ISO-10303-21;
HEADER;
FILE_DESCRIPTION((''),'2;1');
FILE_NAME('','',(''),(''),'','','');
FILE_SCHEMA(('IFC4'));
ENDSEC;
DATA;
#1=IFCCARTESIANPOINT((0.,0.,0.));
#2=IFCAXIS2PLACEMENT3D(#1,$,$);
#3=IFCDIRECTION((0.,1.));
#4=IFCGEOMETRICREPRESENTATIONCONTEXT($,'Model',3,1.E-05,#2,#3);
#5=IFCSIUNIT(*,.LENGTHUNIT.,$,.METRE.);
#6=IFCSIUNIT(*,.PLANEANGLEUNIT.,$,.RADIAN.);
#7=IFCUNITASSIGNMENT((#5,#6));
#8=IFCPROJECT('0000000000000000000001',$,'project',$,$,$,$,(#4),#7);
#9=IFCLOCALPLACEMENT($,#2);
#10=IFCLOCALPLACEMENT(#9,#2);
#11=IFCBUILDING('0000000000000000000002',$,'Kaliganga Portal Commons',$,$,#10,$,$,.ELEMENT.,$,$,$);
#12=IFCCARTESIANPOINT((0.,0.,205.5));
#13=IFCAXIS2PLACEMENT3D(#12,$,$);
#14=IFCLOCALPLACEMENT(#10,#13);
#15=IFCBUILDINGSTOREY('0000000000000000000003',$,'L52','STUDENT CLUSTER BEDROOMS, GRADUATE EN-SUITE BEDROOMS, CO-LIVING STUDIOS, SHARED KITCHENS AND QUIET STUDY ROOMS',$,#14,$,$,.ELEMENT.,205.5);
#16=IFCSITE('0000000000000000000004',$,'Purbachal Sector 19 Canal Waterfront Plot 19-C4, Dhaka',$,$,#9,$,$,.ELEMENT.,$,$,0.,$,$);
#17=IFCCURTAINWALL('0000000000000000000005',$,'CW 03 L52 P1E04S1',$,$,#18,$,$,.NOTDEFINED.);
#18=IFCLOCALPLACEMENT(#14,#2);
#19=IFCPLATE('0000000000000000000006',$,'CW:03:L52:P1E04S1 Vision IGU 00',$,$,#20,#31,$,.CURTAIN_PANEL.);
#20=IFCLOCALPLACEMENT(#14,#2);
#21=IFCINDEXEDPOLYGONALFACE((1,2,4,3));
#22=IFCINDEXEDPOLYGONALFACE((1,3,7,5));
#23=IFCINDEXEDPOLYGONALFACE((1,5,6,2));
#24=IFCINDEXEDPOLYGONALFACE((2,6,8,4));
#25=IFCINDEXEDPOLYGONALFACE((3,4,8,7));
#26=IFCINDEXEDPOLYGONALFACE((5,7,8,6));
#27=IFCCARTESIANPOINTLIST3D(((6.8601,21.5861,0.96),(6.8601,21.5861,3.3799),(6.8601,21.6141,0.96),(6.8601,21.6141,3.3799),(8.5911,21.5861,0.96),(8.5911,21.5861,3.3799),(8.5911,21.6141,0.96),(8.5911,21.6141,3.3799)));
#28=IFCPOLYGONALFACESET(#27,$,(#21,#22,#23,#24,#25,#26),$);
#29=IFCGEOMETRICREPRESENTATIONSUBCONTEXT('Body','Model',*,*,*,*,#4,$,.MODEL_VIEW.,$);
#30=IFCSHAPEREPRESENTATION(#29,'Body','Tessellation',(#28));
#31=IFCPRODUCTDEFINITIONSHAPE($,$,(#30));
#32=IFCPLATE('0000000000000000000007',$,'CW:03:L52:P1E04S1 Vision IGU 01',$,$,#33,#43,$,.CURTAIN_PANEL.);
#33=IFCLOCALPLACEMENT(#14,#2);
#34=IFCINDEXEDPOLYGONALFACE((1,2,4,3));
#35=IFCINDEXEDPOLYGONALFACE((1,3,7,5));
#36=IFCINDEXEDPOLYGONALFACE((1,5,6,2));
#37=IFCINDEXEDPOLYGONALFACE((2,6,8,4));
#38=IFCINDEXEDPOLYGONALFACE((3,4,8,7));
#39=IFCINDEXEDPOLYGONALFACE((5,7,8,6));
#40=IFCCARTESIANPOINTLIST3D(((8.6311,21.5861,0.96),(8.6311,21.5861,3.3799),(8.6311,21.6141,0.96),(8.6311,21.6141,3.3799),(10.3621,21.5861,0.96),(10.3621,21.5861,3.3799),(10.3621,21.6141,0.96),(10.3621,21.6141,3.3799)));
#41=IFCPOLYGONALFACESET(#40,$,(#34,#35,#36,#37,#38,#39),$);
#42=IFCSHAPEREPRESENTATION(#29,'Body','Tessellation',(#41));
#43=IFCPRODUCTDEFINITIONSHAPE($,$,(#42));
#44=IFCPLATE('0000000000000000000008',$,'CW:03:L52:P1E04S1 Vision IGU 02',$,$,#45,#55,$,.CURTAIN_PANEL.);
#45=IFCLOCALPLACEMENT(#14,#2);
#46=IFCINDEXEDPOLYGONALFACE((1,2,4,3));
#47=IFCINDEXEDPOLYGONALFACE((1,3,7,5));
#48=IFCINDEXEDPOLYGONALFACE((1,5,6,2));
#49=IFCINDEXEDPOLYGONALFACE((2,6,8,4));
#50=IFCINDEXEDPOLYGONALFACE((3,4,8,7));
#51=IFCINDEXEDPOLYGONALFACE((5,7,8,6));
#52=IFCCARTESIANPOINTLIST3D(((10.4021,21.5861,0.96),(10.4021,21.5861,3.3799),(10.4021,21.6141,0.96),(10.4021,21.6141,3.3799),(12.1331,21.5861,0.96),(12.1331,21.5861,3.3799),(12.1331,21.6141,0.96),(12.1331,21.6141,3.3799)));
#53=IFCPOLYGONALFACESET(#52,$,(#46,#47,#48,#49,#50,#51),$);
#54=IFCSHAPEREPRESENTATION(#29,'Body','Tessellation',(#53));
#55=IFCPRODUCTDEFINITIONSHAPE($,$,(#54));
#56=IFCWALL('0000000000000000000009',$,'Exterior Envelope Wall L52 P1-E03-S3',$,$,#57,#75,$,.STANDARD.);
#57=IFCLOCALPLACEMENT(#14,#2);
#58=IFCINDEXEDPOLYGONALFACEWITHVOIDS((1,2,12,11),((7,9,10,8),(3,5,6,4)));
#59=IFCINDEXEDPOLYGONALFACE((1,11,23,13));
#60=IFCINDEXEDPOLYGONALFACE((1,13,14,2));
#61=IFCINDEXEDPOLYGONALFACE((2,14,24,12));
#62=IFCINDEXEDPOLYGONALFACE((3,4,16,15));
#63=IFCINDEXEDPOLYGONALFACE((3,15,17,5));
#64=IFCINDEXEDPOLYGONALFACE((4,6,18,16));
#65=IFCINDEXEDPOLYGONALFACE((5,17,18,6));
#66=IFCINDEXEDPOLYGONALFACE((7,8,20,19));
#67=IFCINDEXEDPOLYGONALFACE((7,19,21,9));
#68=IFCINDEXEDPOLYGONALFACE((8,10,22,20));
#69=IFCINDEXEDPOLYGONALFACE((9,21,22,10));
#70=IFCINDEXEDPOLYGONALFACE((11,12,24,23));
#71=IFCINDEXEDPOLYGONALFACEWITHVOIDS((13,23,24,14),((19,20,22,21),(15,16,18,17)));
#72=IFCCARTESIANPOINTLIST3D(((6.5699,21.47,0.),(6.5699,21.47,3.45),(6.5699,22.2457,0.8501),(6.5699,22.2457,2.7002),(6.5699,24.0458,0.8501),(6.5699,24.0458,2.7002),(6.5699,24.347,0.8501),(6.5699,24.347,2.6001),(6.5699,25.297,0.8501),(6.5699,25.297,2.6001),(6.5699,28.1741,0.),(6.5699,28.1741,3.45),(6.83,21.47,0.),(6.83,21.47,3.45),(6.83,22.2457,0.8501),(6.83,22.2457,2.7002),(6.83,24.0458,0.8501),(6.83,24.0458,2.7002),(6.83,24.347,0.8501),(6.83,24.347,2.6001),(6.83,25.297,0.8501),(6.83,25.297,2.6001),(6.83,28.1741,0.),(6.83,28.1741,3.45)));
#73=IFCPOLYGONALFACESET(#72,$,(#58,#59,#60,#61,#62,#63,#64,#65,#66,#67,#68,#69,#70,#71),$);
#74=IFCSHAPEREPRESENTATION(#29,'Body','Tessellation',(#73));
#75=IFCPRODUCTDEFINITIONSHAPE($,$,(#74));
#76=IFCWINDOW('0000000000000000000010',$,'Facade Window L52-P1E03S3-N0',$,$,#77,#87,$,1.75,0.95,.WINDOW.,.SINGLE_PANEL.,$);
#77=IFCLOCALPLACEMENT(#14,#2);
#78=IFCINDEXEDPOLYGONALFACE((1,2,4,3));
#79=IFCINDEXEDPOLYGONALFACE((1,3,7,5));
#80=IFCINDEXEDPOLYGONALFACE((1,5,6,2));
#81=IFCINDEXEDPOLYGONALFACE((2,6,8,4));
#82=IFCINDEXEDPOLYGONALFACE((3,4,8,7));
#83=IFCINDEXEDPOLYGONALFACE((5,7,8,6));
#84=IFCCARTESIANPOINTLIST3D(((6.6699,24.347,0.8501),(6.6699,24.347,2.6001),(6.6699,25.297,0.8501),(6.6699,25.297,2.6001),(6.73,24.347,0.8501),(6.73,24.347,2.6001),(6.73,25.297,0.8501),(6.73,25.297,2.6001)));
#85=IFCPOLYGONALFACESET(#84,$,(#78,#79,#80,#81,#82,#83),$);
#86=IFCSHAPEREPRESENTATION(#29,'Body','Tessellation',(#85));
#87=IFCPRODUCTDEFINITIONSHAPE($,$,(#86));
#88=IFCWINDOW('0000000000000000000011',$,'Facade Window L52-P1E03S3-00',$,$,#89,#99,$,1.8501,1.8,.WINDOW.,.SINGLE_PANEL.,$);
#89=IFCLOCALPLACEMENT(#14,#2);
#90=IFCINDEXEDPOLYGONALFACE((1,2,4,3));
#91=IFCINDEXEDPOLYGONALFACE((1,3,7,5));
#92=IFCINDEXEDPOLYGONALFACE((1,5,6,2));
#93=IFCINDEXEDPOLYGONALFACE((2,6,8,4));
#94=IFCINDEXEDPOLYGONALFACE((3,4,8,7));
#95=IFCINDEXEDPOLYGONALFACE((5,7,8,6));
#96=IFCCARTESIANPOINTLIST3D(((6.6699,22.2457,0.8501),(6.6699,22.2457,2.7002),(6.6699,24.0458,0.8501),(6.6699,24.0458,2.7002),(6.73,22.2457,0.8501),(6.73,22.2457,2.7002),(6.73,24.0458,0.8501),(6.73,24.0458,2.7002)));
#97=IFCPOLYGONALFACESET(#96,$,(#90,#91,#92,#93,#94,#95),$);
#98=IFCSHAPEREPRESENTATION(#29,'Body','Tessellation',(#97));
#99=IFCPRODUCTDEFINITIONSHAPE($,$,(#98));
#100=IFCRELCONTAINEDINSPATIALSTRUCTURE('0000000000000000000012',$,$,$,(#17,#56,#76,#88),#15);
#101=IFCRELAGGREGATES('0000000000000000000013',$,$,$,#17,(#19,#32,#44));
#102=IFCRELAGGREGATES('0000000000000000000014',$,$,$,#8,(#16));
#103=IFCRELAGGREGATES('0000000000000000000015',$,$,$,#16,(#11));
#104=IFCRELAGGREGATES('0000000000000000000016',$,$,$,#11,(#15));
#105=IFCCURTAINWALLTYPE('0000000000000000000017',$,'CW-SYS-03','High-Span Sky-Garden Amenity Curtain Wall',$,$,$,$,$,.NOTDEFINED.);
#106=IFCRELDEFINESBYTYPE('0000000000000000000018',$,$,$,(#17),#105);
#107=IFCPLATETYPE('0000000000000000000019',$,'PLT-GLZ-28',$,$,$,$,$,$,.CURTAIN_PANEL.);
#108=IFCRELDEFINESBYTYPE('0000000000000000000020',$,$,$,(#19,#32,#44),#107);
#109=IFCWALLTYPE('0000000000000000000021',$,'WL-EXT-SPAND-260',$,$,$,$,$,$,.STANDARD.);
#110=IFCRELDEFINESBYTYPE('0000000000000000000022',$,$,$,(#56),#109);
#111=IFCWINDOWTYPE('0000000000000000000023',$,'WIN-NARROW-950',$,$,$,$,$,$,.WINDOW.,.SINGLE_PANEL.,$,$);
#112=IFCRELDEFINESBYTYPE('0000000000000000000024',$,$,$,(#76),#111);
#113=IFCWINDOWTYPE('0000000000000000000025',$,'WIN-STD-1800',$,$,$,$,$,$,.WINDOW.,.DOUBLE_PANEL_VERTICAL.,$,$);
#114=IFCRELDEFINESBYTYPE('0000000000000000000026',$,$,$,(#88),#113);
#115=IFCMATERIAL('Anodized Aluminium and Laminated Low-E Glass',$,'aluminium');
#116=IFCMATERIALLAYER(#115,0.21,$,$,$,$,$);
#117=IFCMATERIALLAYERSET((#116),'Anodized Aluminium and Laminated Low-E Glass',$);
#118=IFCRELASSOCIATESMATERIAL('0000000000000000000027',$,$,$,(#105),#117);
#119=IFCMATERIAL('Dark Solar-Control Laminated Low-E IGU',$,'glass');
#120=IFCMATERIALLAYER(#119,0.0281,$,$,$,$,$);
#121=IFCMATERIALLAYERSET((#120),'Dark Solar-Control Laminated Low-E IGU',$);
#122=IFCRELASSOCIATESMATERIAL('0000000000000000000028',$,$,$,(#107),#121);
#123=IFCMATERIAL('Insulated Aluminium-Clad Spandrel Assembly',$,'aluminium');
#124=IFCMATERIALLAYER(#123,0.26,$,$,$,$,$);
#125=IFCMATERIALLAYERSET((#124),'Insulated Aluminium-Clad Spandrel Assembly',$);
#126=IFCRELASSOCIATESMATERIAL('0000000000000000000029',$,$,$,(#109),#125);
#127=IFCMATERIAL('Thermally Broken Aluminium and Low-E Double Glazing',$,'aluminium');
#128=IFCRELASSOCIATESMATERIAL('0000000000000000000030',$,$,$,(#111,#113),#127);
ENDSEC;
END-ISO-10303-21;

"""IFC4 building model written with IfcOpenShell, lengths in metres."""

from ifc_helpers import new_model, si_unit, direction, frame, frame_2d, origin, origin_2d, place, context, subcontext, project, spatial, rectangle, extrude, source, transform, mapped, material, layer, layer_set, type_object, element, fill, aggregate, save


model = new_model("IFC4")

# Units and contexts
model_context = context("Model", 3, precision=1e-05, world=origin(), true_north=direction((0.0, 1.0)))
body_context = subcontext(model_context, "Body", "Model", "MODEL_VIEW")
ifc_project = project(units=[si_unit("LENGTHUNIT", "METRE"), si_unit("PLANEANGLEUNIT", "RADIAN")], contexts=[model_context])

# Site, building, storey
site_placement = place(None, origin())
site = spatial("IfcSite", under=ifc_project, at=site_placement, Name="Purbachal Sector 19 Canal Waterfront Plot 19-C4, Dhaka", CompositionType="ELEMENT", RefElevation=0.0)
building_placement = place(site_placement, origin())
building = spatial("IfcBuilding", under=site, at=building_placement, Name="Kaliganga Portal Commons", CompositionType="ELEMENT")
storey_placement = place(building_placement, frame((0.0, 0.0, 205.5)))
storey = spatial("IfcBuildingStorey", under=building, at=storey_placement, Name="L52", Description="STUDENT CLUSTER BEDROOMS, GRADUATE EN-SUITE BEDROOMS, CO-LIVING STUDIOS, SHARED KITCHENS AND QUIET STUDY ROOMS", CompositionType="ELEMENT", Elevation=205.5)

# Curtain wall
ifc_material_1 = material(Name="Anodized Aluminium and Laminated Low-E Glass", Category="aluminium")
ifc_layer_1 = layer(ifc_material_1, 0.21)
ifc_layer_set_1 = layer_set([ifc_layer_1], Name="Anodized Aluminium and Laminated Low-E Glass")
curtain_wall_type = type_object("IfcCurtainWallType", Name="CW-SYS-03", Description="High-Span Sky-Garden Amenity Curtain Wall", PredefinedType="NOTDEFINED", material=ifc_layer_set_1)
curtain_wall_placement = place(storey_placement, origin())
curtain_wall = element("IfcCurtainWall", 1, at=curtain_wall_placement, inside=storey, type_object=curtain_wall_type, Name="CW 03 L52 P1E04S1", PredefinedType="NOTDEFINED")

# Plates
ifc_material_2 = material(Name="Dark Solar-Control Laminated Low-E IGU", Category="glass")
ifc_layer_2 = layer(ifc_material_2, 0.0281)
ifc_layer_set_2 = layer_set([ifc_layer_2], Name="Dark Solar-Control Laminated Low-E IGU")
plate_type_1 = type_object("IfcPlateType", Name="PLT-GLZ-28", PredefinedType="CURTAIN_PANEL", material=ifc_layer_set_2)
shared_shape_1 = source(origin(), body_context, "Body", "SweptSolid", [
    extrude(rectangle(XDim=1.731, YDim=0.0281, at=origin_2d()), origin(), (0.0, 0.0, 1.0), 2.4199),
])
plate_1_placement = place(storey_placement, frame((7.7256, 21.6001, 0.96), z_axis=(0.0, 0.0, 1.0), x_axis=(1.0, 0.0, 0.0)))
plate_1 = element("IfcPlate", 2, at=plate_1_placement, type_object=plate_type_1, Name="CW:03:L52:P1E04S1 Vision IGU 00", PredefinedType="CURTAIN_PANEL", context=body_context, shape_type="MappedRepresentation", body=[
    mapped(shared_shape_1, transform((0.0, 0.0, 0.0), x_axis=(1.0, 0.0, 0.0), y_axis=(0.0, 1.0, 0.0), z_axis=(0.0, 0.0, 1.0), scale=1.0)),
])
plate_2_placement = place(storey_placement, frame((9.4966, 21.6001, 0.96), z_axis=(0.0, 0.0, 1.0), x_axis=(1.0, 0.0, 0.0)))
plate_2 = element("IfcPlate", 3, at=plate_2_placement, type_object=plate_type_1, Name="CW:03:L52:P1E04S1 Vision IGU 01", PredefinedType="CURTAIN_PANEL", context=body_context, shape_type="MappedRepresentation", body=[
    mapped(shared_shape_1, transform((0.0, 0.0, 0.0), x_axis=(1.0, 0.0, 0.0), y_axis=(0.0, 1.0, 0.0), z_axis=(0.0, 0.0, 1.0), scale=1.0)),
])
plate_3_placement = place(storey_placement, frame((11.2676, 21.6001, 0.96), z_axis=(0.0, 0.0, 1.0), x_axis=(1.0, 0.0, 0.0)))
plate_3 = element("IfcPlate", 4, at=plate_3_placement, type_object=plate_type_1, Name="CW:03:L52:P1E04S1 Vision IGU 02", PredefinedType="CURTAIN_PANEL", context=body_context, shape_type="MappedRepresentation", body=[
    mapped(shared_shape_1, transform((0.0, 0.0, 0.0), x_axis=(1.0, 0.0, 0.0), y_axis=(0.0, 1.0, 0.0), z_axis=(0.0, 0.0, 1.0), scale=1.0)),
])
aggregate(curtain_wall, [plate_1, plate_2, plate_3])

# Wall, openings, windows
ifc_material_3 = material(Name="Insulated Aluminium-Clad Spandrel Assembly", Category="aluminium")
ifc_layer_3 = layer(ifc_material_3, 0.26)
ifc_layer_set_3 = layer_set([ifc_layer_3], Name="Insulated Aluminium-Clad Spandrel Assembly")
wall_type = type_object("IfcWallType", Name="WL-EXT-SPAND-260", PredefinedType="STANDARD", material=ifc_layer_set_3)
wall_placement = place(storey_placement, frame((6.7, 21.47, 0.0), z_axis=(0.0, 0.0, 1.0), x_axis=(0.0, 1.0, 0.0)))
wall = element("IfcWall", 5, at=wall_placement, inside=storey, type_object=wall_type, Name="Exterior Envelope Wall L52 P1-E03-S3", PredefinedType="STANDARD", context=body_context, shape_type="SweptSolid", body=[
    extrude(rectangle(XDim=6.7041, YDim=0.26, at=frame_2d((3.3521, 0.0))), origin(), (0.0, 0.0, 1.0), 3.45),
])
opening_1_placement = place(wall_placement, frame((0.7759, 0.0, 0.8501)))
opening_1 = element("IfcOpeningElement", 6, at=opening_1_placement, cuts=wall, PredefinedType="OPENING", context=body_context, shape_type="SweptSolid", body=[
    extrude(rectangle(XDim=1.8, YDim=1.8501, at=frame_2d((0.8999, 0.925))), frame((0.0, 0.1401, 0.0), z_axis=(0.0, -1.0, 0.0), x_axis=(1.0, 0.0, 0.0)), (0.0, 0.0, 1.0), 0.28),
])
opening_2_placement = place(wall_placement, frame((2.877, 0.0, 0.8501)))
opening_2 = element("IfcOpeningElement", 7, at=opening_2_placement, cuts=wall, PredefinedType="OPENING", context=body_context, shape_type="SweptSolid", body=[
    extrude(rectangle(XDim=0.95, YDim=1.75, at=frame_2d((0.4751, 0.875))), frame((0.0, 0.1401, 0.0), z_axis=(0.0, -1.0, 0.0), x_axis=(1.0, 0.0, 0.0)), (0.0, 0.0, 1.0), 0.28),
])
ifc_material_4 = material(Name="Thermally Broken Aluminium and Low-E Double Glazing", Category="aluminium")
window_type_1 = type_object("IfcWindowType", Name="WIN-NARROW-950", PartitioningType="SINGLE_PANEL", PredefinedType="WINDOW", material=ifc_material_4)
window_1_placement = place(opening_2_placement, origin())
window_1 = element("IfcWindow", 8, at=window_1_placement, inside=storey, type_object=window_type_1, Name="Facade Window L52-P1E03S3-N0", OverallHeight=1.75, OverallWidth=0.95, PartitioningType="SINGLE_PANEL", PredefinedType="WINDOW", context=body_context, shape_type="SweptSolid", body=[
    extrude(rectangle(XDim=0.95, YDim=1.75, at=frame_2d((0.4751, 0.875))), frame((0.0, 0.03, 0.0), z_axis=(0.0, -1.0, 0.0), x_axis=(1.0, 0.0, 0.0)), (0.0, 0.0, 1.0), 0.0601),
])
fill(opening_2, window_1)
window_type_2 = type_object("IfcWindowType", Name="WIN-STD-1800", PartitioningType="DOUBLE_PANEL_VERTICAL", PredefinedType="WINDOW", material=ifc_material_4)
window_2_placement = place(opening_1_placement, origin())
window_2 = element("IfcWindow", 9, at=window_2_placement, inside=storey, type_object=window_type_2, Name="Facade Window L52-P1E03S3-00", OverallHeight=1.8501, OverallWidth=1.8, PartitioningType="SINGLE_PANEL", PredefinedType="WINDOW", context=body_context, shape_type="SweptSolid", body=[
    extrude(rectangle(XDim=1.8, YDim=1.8501, at=frame_2d((0.8999, 0.925))), frame((0.0, 0.03, 0.0), z_axis=(0.0, -1.0, 0.0), x_axis=(1.0, 0.0, 0.0)), (0.0, 0.0, 1.0), 0.0601),
])
fill(opening_1, window_2)

save(model, "model.ifc")
